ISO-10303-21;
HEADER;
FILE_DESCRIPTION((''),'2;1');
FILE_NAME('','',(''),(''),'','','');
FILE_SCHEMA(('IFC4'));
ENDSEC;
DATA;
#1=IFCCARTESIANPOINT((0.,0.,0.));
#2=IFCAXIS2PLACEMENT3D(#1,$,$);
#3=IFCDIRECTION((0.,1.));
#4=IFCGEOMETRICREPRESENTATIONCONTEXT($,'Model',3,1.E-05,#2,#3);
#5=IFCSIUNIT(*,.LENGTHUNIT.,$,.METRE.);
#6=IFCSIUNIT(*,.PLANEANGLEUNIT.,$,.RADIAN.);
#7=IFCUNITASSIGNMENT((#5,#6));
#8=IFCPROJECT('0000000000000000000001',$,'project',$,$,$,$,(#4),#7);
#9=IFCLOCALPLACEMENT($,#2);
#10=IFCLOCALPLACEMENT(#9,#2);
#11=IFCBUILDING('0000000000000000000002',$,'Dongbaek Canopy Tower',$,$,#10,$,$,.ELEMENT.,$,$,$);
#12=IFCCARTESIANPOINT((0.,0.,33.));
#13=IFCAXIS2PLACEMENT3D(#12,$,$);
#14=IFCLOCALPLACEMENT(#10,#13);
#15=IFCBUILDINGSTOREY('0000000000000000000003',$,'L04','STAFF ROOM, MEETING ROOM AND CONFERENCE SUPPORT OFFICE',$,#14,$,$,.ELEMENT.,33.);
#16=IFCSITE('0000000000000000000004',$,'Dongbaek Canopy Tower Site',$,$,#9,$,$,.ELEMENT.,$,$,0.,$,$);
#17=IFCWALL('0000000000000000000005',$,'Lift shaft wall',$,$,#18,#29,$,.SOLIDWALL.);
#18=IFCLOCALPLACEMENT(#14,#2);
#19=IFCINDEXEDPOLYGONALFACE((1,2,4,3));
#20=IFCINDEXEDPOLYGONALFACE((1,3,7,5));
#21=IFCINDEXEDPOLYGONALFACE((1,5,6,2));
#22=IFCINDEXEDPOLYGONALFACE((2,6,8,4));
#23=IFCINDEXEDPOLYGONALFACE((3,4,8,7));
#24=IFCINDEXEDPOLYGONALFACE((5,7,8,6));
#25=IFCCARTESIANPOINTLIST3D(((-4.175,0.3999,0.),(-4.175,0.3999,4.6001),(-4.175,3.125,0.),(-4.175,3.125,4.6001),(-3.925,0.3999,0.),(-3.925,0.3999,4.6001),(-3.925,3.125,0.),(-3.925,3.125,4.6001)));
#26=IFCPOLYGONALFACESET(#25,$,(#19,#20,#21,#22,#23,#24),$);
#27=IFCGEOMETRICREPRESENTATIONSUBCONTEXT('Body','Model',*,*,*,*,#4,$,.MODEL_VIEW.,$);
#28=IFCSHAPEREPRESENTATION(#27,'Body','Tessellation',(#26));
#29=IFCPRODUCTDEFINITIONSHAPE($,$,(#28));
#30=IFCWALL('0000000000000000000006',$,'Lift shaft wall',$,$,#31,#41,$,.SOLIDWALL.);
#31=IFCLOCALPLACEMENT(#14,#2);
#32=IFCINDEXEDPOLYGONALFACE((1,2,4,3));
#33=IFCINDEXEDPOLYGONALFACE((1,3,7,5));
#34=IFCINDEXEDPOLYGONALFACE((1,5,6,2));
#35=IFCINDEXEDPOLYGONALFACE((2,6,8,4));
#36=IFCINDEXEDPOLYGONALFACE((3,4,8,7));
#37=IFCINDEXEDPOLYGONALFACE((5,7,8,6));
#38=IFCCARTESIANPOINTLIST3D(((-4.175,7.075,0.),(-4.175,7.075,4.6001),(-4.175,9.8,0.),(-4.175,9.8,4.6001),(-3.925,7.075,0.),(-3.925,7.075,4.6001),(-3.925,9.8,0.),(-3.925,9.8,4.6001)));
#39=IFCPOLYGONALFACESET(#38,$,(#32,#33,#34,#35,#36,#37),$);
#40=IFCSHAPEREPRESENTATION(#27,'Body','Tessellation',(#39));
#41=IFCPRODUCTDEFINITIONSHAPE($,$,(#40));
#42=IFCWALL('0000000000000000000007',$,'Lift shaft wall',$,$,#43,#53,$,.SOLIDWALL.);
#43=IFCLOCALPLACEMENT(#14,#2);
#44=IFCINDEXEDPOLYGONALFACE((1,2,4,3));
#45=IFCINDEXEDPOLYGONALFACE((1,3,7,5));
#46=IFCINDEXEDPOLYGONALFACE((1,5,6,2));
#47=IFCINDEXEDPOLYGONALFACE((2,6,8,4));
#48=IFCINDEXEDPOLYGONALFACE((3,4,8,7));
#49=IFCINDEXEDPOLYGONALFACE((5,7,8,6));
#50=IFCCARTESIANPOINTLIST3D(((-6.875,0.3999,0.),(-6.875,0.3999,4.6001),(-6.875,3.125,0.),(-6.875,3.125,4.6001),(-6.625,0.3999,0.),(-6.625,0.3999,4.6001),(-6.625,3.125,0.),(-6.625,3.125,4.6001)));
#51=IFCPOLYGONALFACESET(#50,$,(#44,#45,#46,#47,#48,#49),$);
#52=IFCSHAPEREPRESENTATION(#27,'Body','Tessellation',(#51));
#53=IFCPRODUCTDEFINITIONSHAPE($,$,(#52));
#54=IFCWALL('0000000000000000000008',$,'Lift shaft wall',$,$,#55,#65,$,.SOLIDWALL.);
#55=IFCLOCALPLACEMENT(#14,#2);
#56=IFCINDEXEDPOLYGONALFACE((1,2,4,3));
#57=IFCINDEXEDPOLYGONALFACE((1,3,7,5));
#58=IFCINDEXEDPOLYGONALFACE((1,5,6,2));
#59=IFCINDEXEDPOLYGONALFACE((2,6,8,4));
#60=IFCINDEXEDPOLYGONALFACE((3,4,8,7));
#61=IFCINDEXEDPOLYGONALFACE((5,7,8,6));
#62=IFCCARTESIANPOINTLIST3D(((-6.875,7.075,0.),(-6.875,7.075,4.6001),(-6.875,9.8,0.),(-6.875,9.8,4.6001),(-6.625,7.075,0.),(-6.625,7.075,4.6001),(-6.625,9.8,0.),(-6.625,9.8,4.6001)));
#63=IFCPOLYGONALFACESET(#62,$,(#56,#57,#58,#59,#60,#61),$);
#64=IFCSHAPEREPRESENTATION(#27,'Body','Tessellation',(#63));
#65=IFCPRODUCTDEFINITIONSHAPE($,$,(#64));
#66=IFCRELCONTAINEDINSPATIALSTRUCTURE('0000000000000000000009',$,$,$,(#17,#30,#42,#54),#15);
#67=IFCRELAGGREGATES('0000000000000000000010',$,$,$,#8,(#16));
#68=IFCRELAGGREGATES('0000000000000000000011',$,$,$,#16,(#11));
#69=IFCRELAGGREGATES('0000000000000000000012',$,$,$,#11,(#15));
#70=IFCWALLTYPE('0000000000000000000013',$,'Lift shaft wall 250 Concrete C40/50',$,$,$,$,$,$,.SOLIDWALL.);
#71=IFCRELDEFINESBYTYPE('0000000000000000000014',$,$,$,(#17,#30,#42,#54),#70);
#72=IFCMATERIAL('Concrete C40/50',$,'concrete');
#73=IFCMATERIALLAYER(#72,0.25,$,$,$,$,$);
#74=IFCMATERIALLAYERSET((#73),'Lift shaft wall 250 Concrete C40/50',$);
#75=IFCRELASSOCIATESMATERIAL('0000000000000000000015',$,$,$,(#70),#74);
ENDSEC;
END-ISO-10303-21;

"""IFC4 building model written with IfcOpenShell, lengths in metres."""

from ifc_helpers import new_model, si_unit, direction, frame, frame_2d, origin, place, context, subcontext, project, spatial, rectangle, extrude, material, layer, layer_set, type_object, element, save


model = new_model("IFC4")

# Units and contexts
model_context = context("Model", 3, precision=1e-05, world=origin(), true_north=direction((0.0, 1.0)))
body_context = subcontext(model_context, "Body", "Model", "MODEL_VIEW")
ifc_project = project(units=[si_unit("LENGTHUNIT", "METRE"), si_unit("PLANEANGLEUNIT", "RADIAN")], contexts=[model_context])

# Site, building, storey
site_placement = place(None, origin())
site = spatial("IfcSite", under=ifc_project, at=site_placement, Name="Dongbaek Canopy Tower Site", CompositionType="ELEMENT", RefElevation=0.0)
building_placement = place(site_placement, origin())
building = spatial("IfcBuilding", under=site, at=building_placement, Name="Dongbaek Canopy Tower", CompositionType="ELEMENT")
storey_placement = place(building_placement, frame((0.0, 0.0, 33.0)))
storey = spatial("IfcBuildingStorey", under=building, at=storey_placement, Name="L04", Description="STAFF ROOM, MEETING ROOM AND CONFERENCE SUPPORT OFFICE", CompositionType="ELEMENT", Elevation=33.0)

# Walls
ifc_material_1 = material(Name="Concrete C40/50", Category="concrete")
ifc_layer_1 = layer(ifc_material_1, 0.25)
ifc_layer_set_1 = layer_set([ifc_layer_1], Name="Lift shaft wall 250 Concrete C40/50")
wall_type_1 = type_object("IfcWallType", Name="Lift shaft wall 250 Concrete C40/50", PredefinedType="SOLIDWALL", material=ifc_layer_set_1)
for number, where, z_axis, x_axis, name in (
    (1, (-4.05, 0.3999, 0.0), (0.0, 0.0, 1.0), (0.0, 1.0, 0.0), "Lift shaft wall"),
    (2, (-4.05, 7.075, 0.0), (0.0, 0.0, 1.0), (0.0, 1.0, 0.0), "Lift shaft wall"),
    (3, (-6.75, 0.3999, 0.0), (0.0, 0.0, 1.0), (0.0, 1.0, 0.0), "Lift shaft wall"),
    (4, (-6.75, 7.075, 0.0), (0.0, 0.0, 1.0), (0.0, 1.0, 0.0), "Lift shaft wall"),
):
    element("IfcWall", number, at=place(storey_placement, frame(where, z_axis=z_axis, x_axis=x_axis)), inside=storey, type_object=wall_type_1, Name=name, PredefinedType="SOLIDWALL", context=body_context, shape_type="SweptSolid", body=[
        extrude(rectangle(XDim=2.7251, YDim=0.25, at=frame_2d((1.3625, 0.0))), origin(), (0.0, 0.0, 1.0), 4.6001),
    ])

save(model, "model.ifc")
